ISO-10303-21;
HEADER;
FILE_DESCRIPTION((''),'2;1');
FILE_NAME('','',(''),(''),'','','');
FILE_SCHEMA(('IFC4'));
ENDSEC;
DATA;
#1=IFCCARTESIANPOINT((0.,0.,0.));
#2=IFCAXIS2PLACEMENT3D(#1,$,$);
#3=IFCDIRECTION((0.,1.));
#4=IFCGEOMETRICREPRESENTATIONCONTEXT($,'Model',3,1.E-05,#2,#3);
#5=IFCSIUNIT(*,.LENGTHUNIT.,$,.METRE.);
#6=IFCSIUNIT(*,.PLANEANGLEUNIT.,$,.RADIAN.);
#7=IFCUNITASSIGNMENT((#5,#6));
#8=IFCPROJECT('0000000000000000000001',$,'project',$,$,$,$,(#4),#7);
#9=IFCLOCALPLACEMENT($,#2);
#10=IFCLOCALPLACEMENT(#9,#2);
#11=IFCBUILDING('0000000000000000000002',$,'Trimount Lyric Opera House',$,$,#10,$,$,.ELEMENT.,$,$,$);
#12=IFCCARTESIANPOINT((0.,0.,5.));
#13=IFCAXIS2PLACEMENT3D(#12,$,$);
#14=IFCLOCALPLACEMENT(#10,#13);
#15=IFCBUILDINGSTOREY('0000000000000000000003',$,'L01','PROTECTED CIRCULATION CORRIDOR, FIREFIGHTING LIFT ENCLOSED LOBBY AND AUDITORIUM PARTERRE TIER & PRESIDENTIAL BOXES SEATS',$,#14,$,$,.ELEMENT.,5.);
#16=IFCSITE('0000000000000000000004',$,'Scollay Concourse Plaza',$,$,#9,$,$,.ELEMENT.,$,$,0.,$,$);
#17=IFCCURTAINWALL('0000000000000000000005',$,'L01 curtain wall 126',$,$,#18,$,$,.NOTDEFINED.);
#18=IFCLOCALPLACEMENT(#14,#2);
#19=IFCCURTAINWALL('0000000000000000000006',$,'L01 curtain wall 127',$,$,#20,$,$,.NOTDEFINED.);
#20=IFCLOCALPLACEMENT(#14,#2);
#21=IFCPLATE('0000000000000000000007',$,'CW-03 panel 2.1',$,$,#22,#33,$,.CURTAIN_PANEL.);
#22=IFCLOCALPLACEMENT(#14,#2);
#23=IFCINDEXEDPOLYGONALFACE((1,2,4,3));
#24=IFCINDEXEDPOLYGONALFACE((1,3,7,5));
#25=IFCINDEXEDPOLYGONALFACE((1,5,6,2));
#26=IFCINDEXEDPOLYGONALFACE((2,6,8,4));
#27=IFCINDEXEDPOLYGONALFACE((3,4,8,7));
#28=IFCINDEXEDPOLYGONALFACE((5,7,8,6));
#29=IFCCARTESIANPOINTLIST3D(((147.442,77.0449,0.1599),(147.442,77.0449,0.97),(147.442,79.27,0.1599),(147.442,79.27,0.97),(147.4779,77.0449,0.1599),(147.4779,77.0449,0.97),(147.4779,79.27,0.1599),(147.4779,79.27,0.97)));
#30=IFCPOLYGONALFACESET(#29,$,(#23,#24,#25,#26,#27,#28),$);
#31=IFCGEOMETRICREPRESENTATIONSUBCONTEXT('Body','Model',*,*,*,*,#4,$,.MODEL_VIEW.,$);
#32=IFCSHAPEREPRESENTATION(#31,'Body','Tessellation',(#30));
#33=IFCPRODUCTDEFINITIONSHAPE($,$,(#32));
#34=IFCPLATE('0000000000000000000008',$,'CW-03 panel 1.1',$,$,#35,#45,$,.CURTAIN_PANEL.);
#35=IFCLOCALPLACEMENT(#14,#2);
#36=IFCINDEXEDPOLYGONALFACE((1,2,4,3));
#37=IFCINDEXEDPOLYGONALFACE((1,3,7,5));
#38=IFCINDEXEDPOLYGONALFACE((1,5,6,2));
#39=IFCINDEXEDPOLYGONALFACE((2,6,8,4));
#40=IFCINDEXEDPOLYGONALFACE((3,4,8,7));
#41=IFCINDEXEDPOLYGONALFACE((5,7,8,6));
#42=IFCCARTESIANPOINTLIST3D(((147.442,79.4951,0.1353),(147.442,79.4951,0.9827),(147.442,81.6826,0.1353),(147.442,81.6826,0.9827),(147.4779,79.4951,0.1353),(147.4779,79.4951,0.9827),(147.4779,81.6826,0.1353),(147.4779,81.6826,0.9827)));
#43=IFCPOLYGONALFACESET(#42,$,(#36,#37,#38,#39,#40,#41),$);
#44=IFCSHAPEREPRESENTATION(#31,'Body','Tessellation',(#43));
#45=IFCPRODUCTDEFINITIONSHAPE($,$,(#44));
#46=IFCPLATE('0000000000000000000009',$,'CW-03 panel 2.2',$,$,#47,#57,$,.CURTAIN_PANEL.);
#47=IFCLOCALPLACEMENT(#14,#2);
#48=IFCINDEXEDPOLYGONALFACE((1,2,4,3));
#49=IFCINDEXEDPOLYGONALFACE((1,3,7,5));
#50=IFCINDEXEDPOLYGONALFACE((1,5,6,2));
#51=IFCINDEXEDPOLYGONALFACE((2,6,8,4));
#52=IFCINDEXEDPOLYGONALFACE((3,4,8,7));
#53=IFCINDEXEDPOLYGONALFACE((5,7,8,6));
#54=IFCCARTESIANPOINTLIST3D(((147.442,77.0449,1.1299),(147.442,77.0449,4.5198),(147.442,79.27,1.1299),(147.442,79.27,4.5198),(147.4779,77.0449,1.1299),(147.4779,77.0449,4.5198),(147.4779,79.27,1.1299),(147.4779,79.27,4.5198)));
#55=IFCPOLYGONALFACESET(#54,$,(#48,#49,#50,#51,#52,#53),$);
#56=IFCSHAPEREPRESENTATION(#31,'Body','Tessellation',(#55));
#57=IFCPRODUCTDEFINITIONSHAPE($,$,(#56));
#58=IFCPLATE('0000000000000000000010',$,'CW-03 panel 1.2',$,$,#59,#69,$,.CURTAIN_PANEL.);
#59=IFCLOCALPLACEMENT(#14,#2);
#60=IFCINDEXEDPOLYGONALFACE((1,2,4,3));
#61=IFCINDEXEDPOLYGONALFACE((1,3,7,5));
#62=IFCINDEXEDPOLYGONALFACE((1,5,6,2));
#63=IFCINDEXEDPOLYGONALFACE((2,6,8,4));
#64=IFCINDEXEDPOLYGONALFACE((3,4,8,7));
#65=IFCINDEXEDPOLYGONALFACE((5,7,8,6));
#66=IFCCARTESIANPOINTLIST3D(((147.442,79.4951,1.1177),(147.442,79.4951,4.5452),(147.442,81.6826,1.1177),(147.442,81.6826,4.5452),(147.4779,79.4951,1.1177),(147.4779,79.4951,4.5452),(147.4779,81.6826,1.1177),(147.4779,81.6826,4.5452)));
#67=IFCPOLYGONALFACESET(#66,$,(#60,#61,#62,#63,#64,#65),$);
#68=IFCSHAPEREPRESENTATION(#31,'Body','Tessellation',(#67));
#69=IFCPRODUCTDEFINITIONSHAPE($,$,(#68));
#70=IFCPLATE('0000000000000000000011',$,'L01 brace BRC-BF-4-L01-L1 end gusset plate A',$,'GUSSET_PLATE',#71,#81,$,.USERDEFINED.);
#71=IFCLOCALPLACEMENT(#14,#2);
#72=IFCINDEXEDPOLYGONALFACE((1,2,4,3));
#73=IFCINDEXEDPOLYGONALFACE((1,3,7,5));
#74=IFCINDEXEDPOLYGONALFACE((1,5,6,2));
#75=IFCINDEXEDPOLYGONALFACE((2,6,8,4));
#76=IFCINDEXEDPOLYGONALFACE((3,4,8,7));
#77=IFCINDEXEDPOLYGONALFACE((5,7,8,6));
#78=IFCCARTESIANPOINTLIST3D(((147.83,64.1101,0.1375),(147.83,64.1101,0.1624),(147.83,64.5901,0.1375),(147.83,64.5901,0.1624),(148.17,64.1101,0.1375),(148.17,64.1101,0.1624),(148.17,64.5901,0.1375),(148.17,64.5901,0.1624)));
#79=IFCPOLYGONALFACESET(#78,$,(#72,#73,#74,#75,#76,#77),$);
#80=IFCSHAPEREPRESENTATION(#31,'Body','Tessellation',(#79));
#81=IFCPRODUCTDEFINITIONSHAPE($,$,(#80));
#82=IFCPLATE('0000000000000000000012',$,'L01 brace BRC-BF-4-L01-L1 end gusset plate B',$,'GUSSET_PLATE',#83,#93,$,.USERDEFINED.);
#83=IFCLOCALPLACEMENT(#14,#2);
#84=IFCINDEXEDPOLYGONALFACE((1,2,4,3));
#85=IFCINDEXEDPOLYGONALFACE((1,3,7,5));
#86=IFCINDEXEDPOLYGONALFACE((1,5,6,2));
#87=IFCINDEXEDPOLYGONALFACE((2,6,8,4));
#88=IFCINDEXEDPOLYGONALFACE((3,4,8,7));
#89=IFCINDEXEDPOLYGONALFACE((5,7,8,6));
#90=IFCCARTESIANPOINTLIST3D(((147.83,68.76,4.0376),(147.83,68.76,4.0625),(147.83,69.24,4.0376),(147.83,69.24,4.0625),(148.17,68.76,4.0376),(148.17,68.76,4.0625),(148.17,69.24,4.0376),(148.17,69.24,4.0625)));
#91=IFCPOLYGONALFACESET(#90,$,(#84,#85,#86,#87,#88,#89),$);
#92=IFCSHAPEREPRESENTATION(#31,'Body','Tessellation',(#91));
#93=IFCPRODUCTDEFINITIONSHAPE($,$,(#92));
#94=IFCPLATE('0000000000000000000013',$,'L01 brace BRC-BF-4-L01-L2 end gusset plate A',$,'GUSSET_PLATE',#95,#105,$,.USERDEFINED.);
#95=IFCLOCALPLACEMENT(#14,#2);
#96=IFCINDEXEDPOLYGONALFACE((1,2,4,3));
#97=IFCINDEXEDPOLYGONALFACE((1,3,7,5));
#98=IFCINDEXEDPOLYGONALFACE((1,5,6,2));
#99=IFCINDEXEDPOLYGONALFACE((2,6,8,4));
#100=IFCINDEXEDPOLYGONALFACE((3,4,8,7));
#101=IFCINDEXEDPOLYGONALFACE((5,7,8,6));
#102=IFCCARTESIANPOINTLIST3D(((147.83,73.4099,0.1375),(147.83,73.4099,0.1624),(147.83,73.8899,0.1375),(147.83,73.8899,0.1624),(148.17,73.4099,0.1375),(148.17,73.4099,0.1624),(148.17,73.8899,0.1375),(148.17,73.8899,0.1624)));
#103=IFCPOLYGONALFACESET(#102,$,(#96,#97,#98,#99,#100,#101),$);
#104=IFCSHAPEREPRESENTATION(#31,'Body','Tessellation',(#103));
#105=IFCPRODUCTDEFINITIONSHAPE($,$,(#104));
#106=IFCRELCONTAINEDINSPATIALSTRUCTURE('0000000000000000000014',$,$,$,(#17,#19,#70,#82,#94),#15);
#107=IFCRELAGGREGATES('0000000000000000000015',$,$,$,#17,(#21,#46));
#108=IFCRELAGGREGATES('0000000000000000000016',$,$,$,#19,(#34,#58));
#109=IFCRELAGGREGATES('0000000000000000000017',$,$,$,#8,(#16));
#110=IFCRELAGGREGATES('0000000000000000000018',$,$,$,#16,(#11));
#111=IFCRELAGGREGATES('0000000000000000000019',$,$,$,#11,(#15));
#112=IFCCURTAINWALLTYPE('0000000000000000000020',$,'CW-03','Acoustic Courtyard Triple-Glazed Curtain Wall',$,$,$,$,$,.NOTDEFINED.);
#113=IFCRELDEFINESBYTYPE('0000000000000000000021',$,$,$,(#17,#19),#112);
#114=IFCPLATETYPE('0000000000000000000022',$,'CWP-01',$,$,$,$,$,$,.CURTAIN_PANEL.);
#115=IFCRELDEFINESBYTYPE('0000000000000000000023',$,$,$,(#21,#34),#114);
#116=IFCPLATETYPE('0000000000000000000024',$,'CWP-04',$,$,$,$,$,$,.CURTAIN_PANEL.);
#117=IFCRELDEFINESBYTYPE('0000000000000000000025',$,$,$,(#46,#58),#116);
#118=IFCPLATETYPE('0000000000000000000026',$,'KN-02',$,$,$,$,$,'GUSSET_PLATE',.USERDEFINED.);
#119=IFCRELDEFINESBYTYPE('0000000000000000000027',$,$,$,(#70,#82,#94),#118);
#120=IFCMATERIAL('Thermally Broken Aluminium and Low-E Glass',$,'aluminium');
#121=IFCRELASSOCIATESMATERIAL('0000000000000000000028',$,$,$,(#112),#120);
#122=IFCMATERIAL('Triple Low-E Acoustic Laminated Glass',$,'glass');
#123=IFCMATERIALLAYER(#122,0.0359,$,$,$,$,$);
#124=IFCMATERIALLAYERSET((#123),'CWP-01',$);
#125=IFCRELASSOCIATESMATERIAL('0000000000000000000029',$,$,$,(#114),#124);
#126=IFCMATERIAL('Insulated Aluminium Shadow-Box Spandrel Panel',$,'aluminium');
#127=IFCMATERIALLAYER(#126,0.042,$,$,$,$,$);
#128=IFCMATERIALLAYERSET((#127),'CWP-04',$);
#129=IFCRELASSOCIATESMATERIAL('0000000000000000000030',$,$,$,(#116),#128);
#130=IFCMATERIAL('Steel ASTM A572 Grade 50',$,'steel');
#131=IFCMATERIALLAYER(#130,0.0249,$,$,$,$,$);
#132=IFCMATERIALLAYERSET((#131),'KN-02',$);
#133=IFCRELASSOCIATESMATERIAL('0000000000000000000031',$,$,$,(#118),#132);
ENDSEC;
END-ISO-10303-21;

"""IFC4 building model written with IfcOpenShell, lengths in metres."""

from ifc_helpers import new_model, si_unit, direction, frame, origin, origin_2d, place, context, subcontext, project, spatial, rectangle, extrude, material, layer, layer_set, type_object, element, aggregate, save


model = new_model("IFC4")

# Units and contexts
model_context = context("Model", 3, precision=1e-05, world=origin(), true_north=direction((0.0, 1.0)))
body_context = subcontext(model_context, "Body", "Model", "MODEL_VIEW")
ifc_project = project(units=[si_unit("LENGTHUNIT", "METRE"), si_unit("PLANEANGLEUNIT", "RADIAN")], contexts=[model_context])

# Site, building, storey
site_placement = place(None, origin())
site = spatial("IfcSite", under=ifc_project, at=site_placement, Name="Scollay Concourse Plaza", CompositionType="ELEMENT", RefElevation=0.0)
building_placement = place(site_placement, origin())
building = spatial("IfcBuilding", under=site, at=building_placement, Name="Trimount Lyric Opera House", CompositionType="ELEMENT")
storey_placement = place(building_placement, frame((0.0, 0.0, 5.0)))
storey = spatial("IfcBuildingStorey", under=building, at=storey_placement, Name="L01", Description="PROTECTED CIRCULATION CORRIDOR, FIREFIGHTING LIFT ENCLOSED LOBBY AND AUDITORIUM PARTERRE TIER & PRESIDENTIAL BOXES SEATS", CompositionType="ELEMENT", Elevation=5.0)

# Curtain walls
ifc_material_1 = material(Name="Thermally Broken Aluminium and Low-E Glass", Category="aluminium")
curtain_wall_type = type_object("IfcCurtainWallType", Name="CW-03", Description="Acoustic Courtyard Triple-Glazed Curtain Wall", PredefinedType="NOTDEFINED", material=ifc_material_1)
curtain_wall_1_placement = place(storey_placement, origin())
curtain_wall_1 = element("IfcCurtainWall", 1, at=curtain_wall_1_placement, inside=storey, type_object=curtain_wall_type, Name="L01 curtain wall 126", PredefinedType="NOTDEFINED")
curtain_wall_2_placement = place(storey_placement, origin())
curtain_wall_2 = element("IfcCurtainWall", 2, at=curtain_wall_2_placement, inside=storey, type_object=curtain_wall_type, Name="L01 curtain wall 127", PredefinedType="NOTDEFINED")

# Plates
ifc_material_2 = material(Name="Triple Low-E Acoustic Laminated Glass", Category="glass")
ifc_layer_1 = layer(ifc_material_2, 0.0359)
ifc_layer_set_1 = layer_set([ifc_layer_1], Name="CWP-01")
plate_type_1 = type_object("IfcPlateType", Name="CWP-01", PredefinedType="CURTAIN_PANEL", material=ifc_layer_set_1)
plate_1_placement = place(storey_placement, frame((147.46, 78.1575, 0.1599), z_axis=(0.0, 0.0, 1.0), x_axis=(0.0, 1.0, 0.0)))
plate_1 = element("IfcPlate", 3, at=plate_1_placement, type_object=plate_type_1, Name="CW-03 panel 2.1", PredefinedType="CURTAIN_PANEL", context=body_context, shape_type="SweptSolid", body=[
    extrude(rectangle(XDim=2.2251, YDim=0.0359, at=origin_2d()), origin(), (0.0, 0.0, 1.0), 0.8101),
])
plate_2_placement = place(storey_placement, frame((147.46, 80.5889, 0.1353), z_axis=(0.0, 0.0, 1.0), x_axis=(0.0, 1.0, 0.0)))
plate_2 = element("IfcPlate", 4, at=plate_2_placement, type_object=plate_type_1, Name="CW-03 panel 1.1", PredefinedType="CURTAIN_PANEL", context=body_context, shape_type="SweptSolid", body=[
    extrude(rectangle(XDim=2.1875, YDim=0.0359, at=origin_2d()), origin(), (0.0, 0.0, 1.0), 0.8474),
])
ifc_material_3 = material(Name="Insulated Aluminium Shadow-Box Spandrel Panel", Category="aluminium")
ifc_layer_2 = layer(ifc_material_3, 0.042)
ifc_layer_set_2 = layer_set([ifc_layer_2], Name="CWP-04")
plate_type_2 = type_object("IfcPlateType", Name="CWP-04", PredefinedType="CURTAIN_PANEL", material=ifc_layer_set_2)
plate_3_placement = place(storey_placement, frame((147.46, 78.1575, 1.1299), z_axis=(0.0, 0.0, 1.0), x_axis=(0.0, 1.0, 0.0)))
plate_3 = element("IfcPlate", 5, at=plate_3_placement, type_object=plate_type_2, Name="CW-03 panel 2.2", PredefinedType="CURTAIN_PANEL", context=body_context, shape_type="SweptSolid", body=[
    extrude(rectangle(XDim=2.2251, YDim=0.0359, at=origin_2d()), origin(), (0.0, 0.0, 1.0), 3.3899),
])
aggregate(curtain_wall_1, [plate_1, plate_3])
plate_4_placement = place(storey_placement, frame((147.46, 80.5889, 1.1177), z_axis=(0.0, 0.0, 1.0), x_axis=(0.0, 1.0, 0.0)))
plate_4 = element("IfcPlate", 6, at=plate_4_placement, type_object=plate_type_2, Name="CW-03 panel 1.2", PredefinedType="CURTAIN_PANEL", context=body_context, shape_type="SweptSolid", body=[
    extrude(rectangle(XDim=2.1875, YDim=0.0359, at=origin_2d()), origin(), (0.0, 0.0, 1.0), 3.4275),
])
aggregate(curtain_wall_2, [plate_2, plate_4])

# Plates
ifc_material_4 = material(Name="Steel ASTM A572 Grade 50", Category="steel")
ifc_layer_3 = layer(ifc_material_4, 0.0249)
ifc_layer_set_3 = layer_set([ifc_layer_3], Name="KN-02")
plate_type_3 = type_object("IfcPlateType", Name="KN-02", ElementType="GUSSET_PLATE", PredefinedType="USERDEFINED", material=ifc_layer_set_3)
for number, where, z_axis, x_axis, name in (
    (7, (148.0, 64.3501, 0.1375), (0.0, 0.0, 1.0), (0.0, 1.0, 0.0), "L01 brace BRC-BF-4-L01-L1 end gusset plate A"),
    (8, (148.0, 69.0, 4.0376), (0.0, 0.0, 1.0), (0.0, 1.0, 0.0), "L01 brace BRC-BF-4-L01-L1 end gusset plate B"),
    (9, (148.0, 73.6499, 0.1375), (0.0, 0.0, 1.0), (0.0, -1.0, 0.0), "L01 brace BRC-BF-4-L01-L2 end gusset plate A"),
):
    element("IfcPlate", number, at=place(storey_placement, frame(where, z_axis=z_axis, x_axis=x_axis)), inside=storey, type_object=plate_type_3, Name=name, ObjectType="GUSSET_PLATE", PredefinedType="USERDEFINED", context=body_context, shape_type="SweptSolid", body=[
        extrude(rectangle(XDim=0.48, YDim=0.3401, at=origin_2d()), origin(), (0.0, 0.0, 1.0), 0.0249),
    ])

save(model, "model.ifc")
